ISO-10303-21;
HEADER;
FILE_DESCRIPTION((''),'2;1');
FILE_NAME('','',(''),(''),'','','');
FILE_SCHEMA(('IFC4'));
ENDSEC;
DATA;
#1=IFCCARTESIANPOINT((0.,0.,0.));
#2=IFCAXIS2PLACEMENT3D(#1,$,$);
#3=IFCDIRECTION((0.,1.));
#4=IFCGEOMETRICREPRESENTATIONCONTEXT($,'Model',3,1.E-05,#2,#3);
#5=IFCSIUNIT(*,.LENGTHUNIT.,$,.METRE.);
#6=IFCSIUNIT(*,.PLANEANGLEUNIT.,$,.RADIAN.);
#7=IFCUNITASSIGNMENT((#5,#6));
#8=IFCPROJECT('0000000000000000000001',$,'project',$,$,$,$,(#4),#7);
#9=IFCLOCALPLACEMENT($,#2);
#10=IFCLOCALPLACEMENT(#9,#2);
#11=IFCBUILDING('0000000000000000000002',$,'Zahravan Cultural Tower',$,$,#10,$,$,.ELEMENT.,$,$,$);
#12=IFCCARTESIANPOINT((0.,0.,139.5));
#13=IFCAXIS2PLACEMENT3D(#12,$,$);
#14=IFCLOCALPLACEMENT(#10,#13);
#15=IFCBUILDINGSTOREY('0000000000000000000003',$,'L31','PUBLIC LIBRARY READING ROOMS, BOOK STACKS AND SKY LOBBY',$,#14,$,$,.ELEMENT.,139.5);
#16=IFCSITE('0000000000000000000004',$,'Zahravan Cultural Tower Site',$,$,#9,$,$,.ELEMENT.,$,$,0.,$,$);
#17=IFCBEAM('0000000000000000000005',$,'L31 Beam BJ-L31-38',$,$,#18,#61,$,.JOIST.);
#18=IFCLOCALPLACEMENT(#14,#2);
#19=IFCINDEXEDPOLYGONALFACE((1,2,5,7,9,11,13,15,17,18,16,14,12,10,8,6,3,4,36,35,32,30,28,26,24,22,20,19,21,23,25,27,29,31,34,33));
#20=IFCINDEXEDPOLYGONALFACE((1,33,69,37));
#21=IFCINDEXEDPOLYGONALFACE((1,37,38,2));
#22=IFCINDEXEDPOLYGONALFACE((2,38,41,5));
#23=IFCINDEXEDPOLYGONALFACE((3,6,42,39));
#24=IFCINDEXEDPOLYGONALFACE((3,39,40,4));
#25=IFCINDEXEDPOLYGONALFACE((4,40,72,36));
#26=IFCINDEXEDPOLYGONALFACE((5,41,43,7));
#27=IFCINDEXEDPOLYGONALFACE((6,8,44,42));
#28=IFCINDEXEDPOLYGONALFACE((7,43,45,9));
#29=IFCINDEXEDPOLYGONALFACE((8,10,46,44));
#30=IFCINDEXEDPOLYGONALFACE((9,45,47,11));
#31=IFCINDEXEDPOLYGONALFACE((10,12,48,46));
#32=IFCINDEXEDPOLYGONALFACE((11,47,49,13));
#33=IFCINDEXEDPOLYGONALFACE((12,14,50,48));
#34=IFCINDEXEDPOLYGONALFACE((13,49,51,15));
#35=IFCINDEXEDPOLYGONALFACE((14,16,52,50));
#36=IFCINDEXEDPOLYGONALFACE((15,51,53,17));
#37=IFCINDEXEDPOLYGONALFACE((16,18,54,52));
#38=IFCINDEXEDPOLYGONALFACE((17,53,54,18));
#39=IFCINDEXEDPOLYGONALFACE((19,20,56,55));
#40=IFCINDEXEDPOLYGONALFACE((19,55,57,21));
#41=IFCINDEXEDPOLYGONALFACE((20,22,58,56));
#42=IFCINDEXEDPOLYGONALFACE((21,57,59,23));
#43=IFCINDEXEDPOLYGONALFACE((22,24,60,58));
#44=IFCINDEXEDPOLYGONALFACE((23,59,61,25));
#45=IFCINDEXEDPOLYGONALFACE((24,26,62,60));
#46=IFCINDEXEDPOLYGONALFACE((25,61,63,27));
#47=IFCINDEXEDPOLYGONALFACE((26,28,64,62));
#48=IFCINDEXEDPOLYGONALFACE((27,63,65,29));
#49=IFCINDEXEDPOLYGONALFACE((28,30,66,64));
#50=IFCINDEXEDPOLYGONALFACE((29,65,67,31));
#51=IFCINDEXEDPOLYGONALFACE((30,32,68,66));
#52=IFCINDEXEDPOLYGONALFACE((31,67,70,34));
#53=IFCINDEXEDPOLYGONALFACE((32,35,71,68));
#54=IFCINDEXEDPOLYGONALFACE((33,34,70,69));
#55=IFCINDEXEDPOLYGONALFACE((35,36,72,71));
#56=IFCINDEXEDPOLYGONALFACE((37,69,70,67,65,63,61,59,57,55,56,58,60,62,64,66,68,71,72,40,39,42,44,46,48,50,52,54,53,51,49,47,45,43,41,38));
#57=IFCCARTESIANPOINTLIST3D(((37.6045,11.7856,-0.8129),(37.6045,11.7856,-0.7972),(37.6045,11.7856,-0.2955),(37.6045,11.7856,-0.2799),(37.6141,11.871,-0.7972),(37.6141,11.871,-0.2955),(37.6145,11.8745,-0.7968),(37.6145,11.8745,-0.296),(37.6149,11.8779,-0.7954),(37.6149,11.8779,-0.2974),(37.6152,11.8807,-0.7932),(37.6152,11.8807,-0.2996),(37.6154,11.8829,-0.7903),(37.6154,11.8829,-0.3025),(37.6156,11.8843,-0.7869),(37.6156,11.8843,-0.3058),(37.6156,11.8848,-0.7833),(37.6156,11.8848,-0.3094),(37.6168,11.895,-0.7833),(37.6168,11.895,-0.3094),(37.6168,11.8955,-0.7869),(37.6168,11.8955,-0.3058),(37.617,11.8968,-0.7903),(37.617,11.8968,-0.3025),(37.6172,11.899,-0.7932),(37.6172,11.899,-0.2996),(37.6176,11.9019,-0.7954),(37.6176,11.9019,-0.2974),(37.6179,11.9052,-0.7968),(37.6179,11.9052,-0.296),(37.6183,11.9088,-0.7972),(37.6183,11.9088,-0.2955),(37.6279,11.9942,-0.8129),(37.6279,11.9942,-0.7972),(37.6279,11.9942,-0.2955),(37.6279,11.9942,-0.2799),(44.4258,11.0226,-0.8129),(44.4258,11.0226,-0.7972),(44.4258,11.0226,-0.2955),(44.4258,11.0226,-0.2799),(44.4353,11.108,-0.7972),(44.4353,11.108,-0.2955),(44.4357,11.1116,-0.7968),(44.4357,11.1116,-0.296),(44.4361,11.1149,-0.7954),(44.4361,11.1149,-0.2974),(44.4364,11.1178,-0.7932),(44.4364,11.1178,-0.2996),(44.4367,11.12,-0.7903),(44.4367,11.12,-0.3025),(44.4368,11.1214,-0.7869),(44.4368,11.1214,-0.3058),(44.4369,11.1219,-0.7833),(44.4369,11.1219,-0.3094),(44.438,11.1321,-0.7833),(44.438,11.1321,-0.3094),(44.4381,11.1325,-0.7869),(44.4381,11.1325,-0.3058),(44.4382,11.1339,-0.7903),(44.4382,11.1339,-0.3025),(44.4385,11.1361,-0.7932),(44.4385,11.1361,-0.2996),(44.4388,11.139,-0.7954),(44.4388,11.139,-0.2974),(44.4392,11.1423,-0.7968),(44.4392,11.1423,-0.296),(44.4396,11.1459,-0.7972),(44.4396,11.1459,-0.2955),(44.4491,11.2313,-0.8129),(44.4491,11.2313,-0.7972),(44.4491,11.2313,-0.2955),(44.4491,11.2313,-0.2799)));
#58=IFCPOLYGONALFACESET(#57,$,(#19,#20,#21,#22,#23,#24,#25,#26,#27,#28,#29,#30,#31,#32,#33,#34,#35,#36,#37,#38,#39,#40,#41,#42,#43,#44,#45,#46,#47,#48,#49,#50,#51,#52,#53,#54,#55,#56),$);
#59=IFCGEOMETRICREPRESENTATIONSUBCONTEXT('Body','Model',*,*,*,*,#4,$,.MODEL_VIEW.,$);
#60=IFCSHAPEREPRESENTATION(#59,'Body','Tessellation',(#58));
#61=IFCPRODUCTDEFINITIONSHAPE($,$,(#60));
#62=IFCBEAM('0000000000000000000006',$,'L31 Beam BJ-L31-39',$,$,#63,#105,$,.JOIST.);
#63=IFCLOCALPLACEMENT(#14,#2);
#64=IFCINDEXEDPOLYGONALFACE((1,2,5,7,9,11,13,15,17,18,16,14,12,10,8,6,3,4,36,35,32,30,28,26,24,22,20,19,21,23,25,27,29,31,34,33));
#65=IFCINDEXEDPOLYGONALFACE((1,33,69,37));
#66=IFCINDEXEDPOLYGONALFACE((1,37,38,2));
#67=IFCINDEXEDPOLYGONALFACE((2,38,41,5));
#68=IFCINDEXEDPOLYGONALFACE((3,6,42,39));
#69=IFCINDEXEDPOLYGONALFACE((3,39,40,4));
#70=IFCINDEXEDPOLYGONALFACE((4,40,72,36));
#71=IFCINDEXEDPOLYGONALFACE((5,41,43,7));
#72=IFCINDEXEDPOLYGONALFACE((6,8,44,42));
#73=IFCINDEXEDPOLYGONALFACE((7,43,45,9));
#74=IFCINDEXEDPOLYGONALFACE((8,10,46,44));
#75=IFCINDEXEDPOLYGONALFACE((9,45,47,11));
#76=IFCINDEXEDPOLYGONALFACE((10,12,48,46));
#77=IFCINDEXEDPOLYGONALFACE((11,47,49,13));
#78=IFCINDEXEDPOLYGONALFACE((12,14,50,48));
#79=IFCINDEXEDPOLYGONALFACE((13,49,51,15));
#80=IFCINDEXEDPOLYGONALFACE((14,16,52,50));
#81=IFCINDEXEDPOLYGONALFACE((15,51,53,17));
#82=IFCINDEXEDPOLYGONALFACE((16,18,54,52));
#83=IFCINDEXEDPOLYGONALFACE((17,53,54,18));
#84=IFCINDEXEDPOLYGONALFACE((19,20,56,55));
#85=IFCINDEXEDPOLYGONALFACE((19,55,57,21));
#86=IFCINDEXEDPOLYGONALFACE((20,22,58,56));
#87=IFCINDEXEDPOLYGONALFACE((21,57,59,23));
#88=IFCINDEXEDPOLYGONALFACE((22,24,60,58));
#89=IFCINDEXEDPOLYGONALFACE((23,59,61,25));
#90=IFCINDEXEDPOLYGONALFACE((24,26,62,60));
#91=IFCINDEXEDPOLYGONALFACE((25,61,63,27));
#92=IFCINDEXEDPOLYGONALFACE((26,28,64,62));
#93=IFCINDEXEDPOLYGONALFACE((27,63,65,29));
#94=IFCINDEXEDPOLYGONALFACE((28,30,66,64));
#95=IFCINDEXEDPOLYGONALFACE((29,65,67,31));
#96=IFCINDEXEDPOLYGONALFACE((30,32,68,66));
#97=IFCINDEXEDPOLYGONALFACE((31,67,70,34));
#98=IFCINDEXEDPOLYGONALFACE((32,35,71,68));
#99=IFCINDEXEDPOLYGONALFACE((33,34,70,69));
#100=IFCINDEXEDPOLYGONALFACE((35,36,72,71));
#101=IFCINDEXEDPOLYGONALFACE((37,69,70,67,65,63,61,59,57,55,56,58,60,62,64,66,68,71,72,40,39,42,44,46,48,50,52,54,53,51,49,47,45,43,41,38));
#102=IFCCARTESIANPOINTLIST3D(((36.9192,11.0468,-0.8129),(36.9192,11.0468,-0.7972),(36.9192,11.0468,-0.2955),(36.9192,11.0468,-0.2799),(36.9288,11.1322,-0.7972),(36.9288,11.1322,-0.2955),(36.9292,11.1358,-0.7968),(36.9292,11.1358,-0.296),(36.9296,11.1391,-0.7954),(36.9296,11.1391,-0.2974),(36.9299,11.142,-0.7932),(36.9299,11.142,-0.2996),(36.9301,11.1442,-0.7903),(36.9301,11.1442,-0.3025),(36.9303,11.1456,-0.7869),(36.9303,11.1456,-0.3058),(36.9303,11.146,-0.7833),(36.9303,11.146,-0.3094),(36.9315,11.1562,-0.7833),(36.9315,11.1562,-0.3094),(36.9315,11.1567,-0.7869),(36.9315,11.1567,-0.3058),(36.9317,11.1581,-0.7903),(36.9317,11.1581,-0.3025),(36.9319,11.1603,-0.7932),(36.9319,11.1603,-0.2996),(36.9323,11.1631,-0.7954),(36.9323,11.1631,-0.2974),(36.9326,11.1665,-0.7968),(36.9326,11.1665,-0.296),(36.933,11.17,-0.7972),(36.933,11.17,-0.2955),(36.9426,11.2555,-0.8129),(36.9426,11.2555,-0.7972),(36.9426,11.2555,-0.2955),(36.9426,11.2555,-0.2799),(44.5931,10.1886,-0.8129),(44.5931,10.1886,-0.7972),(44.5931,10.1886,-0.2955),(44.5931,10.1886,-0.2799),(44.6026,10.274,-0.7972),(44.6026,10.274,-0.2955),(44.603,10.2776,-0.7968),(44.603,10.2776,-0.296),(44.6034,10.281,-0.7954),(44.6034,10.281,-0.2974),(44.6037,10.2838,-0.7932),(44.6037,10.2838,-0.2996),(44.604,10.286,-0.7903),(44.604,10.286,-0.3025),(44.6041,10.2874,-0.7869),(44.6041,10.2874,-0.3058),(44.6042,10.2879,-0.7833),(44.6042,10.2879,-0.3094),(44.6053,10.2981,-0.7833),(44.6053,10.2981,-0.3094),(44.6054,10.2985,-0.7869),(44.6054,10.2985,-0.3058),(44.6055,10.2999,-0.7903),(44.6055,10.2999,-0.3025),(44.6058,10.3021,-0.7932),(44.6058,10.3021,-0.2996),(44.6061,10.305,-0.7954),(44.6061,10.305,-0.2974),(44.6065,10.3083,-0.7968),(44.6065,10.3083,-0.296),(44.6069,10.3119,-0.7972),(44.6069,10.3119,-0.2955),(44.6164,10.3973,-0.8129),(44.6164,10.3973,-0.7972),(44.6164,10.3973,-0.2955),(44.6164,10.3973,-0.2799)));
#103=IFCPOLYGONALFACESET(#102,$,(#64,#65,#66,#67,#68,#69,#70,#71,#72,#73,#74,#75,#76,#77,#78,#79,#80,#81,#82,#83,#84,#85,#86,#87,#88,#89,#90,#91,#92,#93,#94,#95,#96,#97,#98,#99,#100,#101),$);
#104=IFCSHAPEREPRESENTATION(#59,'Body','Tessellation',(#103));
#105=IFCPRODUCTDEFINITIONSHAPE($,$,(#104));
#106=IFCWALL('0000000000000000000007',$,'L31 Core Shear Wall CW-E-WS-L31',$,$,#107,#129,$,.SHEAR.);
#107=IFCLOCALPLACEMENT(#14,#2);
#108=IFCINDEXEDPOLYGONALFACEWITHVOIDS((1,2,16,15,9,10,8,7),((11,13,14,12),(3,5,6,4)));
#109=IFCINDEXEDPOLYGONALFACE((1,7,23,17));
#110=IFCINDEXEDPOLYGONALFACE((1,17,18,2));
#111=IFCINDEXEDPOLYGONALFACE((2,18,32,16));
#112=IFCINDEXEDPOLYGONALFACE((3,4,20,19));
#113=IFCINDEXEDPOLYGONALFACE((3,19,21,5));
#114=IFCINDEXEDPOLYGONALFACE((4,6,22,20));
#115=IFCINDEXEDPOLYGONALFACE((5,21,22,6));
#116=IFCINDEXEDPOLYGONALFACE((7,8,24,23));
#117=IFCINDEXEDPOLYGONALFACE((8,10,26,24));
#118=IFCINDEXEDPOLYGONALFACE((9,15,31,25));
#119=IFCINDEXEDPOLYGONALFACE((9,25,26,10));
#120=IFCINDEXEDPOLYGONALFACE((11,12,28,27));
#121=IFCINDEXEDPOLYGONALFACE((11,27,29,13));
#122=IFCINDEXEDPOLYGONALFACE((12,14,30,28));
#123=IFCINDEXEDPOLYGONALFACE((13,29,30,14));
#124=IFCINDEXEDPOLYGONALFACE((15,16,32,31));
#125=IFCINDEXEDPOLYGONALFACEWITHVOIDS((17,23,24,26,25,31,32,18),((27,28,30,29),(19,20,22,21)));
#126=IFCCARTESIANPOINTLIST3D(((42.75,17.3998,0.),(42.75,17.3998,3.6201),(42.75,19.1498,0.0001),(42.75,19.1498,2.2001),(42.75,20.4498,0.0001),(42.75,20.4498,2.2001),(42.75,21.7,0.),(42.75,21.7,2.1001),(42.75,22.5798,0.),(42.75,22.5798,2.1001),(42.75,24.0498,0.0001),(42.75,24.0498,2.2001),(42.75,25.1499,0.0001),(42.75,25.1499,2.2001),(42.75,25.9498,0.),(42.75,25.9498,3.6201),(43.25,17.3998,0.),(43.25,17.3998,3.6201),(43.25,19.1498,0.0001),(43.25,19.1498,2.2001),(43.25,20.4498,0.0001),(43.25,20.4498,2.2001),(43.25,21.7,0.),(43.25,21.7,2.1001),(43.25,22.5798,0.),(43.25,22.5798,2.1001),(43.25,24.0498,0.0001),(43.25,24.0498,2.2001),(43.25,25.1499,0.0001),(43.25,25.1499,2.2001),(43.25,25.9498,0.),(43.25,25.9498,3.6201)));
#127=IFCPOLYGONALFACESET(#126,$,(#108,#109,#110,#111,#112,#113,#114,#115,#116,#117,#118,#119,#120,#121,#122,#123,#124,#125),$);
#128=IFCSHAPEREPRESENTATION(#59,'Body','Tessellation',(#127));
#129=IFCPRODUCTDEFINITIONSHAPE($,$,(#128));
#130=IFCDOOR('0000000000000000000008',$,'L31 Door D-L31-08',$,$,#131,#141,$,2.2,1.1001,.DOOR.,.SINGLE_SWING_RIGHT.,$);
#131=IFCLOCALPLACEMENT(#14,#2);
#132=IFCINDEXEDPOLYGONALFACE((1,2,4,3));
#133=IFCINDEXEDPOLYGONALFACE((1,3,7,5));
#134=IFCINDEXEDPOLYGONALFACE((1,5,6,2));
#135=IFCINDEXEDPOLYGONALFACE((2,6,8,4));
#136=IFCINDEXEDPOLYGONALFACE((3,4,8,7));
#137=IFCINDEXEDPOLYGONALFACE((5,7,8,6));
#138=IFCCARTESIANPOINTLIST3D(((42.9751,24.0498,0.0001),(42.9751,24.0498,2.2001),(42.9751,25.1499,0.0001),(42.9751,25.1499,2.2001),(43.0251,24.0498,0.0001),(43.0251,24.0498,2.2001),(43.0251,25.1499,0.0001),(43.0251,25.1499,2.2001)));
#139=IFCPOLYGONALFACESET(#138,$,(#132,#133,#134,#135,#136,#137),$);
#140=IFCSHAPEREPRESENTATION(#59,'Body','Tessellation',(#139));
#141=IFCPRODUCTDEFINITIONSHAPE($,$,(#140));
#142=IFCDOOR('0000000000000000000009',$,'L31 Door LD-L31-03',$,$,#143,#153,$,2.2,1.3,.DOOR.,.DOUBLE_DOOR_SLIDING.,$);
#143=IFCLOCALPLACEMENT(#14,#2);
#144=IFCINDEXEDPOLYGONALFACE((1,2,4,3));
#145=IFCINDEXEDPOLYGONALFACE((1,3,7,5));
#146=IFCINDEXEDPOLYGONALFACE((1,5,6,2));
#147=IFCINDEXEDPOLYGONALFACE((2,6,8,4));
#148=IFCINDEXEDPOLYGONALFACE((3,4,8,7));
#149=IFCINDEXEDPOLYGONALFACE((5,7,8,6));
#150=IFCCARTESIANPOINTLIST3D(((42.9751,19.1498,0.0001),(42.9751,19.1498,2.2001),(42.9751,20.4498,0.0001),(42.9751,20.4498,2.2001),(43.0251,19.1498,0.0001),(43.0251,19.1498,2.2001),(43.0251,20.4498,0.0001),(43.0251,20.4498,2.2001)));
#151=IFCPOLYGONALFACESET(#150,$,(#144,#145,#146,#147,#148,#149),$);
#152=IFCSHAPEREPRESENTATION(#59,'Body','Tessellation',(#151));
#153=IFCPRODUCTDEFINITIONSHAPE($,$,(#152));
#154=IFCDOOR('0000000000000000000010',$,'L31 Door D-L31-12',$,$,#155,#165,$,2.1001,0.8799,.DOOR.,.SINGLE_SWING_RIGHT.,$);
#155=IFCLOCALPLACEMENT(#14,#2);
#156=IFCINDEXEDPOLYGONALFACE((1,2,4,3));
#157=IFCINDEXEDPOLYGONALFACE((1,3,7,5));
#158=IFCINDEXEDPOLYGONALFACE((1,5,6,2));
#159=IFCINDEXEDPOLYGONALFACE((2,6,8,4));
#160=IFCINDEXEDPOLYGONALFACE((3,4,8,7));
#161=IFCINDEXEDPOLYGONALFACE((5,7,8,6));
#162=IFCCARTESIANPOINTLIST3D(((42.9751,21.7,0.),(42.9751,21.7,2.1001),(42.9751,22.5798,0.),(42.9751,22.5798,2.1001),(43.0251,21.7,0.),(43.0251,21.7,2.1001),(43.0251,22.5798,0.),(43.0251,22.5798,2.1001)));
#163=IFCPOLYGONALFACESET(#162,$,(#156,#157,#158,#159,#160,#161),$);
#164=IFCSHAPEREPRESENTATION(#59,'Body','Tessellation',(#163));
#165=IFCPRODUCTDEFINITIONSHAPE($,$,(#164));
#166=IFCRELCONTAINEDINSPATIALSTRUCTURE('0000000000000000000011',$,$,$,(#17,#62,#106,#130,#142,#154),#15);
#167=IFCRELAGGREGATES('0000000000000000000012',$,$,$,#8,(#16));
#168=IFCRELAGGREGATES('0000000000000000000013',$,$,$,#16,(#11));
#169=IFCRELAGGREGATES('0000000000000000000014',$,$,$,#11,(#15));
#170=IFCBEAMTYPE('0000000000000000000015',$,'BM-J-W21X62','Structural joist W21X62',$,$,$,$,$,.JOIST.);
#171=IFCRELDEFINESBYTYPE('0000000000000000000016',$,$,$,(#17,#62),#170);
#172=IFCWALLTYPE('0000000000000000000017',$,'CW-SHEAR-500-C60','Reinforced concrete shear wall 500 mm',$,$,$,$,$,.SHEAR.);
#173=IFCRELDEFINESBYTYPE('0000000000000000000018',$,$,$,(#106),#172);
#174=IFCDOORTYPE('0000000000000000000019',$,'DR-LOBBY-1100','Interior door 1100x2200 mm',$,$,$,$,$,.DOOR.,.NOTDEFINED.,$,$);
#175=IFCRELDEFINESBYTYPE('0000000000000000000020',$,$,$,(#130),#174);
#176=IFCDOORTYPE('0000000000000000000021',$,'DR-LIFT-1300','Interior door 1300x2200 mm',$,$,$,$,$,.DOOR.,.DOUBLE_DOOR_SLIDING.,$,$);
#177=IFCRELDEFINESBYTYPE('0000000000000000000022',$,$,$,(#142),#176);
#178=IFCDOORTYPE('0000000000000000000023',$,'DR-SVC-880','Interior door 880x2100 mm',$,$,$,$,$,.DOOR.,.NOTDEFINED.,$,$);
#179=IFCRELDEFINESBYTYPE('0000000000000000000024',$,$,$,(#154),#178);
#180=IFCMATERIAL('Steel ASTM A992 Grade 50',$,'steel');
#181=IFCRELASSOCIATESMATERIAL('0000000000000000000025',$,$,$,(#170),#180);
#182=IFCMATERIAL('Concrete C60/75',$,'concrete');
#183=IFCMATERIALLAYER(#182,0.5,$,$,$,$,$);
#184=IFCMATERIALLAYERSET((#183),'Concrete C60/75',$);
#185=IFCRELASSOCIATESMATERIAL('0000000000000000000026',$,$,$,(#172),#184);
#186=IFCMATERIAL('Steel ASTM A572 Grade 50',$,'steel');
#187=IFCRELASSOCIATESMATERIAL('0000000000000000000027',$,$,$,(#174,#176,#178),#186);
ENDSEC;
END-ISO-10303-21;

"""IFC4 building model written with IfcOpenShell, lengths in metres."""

from ifc_helpers import new_model, si_unit, direction, frame, frame_2d, origin, origin_2d, place, context, subcontext, project, spatial, rectangle, i_section, extrude, source, transform, mapped, material, layer, layer_set, material_profile, profile_set, type_object, element, fill, save


model = new_model("IFC4")

# Units and contexts
model_context = context("Model", 3, precision=1e-05, world=origin(), true_north=direction((0.0, 1.0)))
body_context = subcontext(model_context, "Body", "Model", "MODEL_VIEW")
ifc_project = project(units=[si_unit("LENGTHUNIT", "METRE"), si_unit("PLANEANGLEUNIT", "RADIAN")], contexts=[model_context])

# Site, building, storey
site_placement = place(None, origin())
site = spatial("IfcSite", under=ifc_project, at=site_placement, Name="Zahravan Cultural Tower Site", CompositionType="ELEMENT", RefElevation=0.0)
building_placement = place(site_placement, origin())
building = spatial("IfcBuilding", under=site, at=building_placement, Name="Zahravan Cultural Tower", CompositionType="ELEMENT")
storey_placement = place(building_placement, frame((0.0, 0.0, 139.5)))
storey = spatial("IfcBuildingStorey", under=building, at=storey_placement, Name="L31", Description="PUBLIC LIBRARY READING ROOMS, BOOK STACKS AND SKY LOBBY", CompositionType="ELEMENT", Elevation=139.5)

# Shared definitions
ifc_material_1 = material(Name="Steel ASTM A992 Grade 50", Category="steel")

# Beams
ifc_material_profile_1 = material_profile(ifc_material_1, i_section(OverallWidth=0.21, OverallDepth=0.533, WebThickness=0.0103, FlangeThickness=0.0156, FilletRadius=0.0139, at=origin_2d()), Name="W21X62")
ifc_profile_set_1 = profile_set([ifc_material_profile_1], Name="Steel ASTM A992 Grade 50")
beam_type_1 = type_object("IfcBeamType", Name="BM-J-W21X62", Description="Structural joist W21X62", PredefinedType="JOIST", material=ifc_profile_set_1)
shared_shape_1 = source(origin(), body_context, "Body", "SweptSolid", [
    extrude(i_section(OverallWidth=0.21, OverallDepth=0.533, WebThickness=0.0103, FlangeThickness=0.0156, FilletRadius=0.0139, at=origin_2d()), origin(), (0.0, 0.0, 1.0), 6.8638),
])
beam_1_placement = place(storey_placement, frame((37.6162, 11.8899, -0.5464), z_axis=(0.993803, -0.111154, 0.0), x_axis=(0.111154, 0.993803, 0.0)))
element("IfcBeam", 1, at=beam_1_placement, inside=storey, type_object=beam_type_1, Name="L31 Beam BJ-L31-38", PredefinedType="JOIST", context=body_context, shape_type="MappedRepresentation", body=[
    mapped(shared_shape_1, transform((0.0, 0.0, 0.0), x_axis=(1.0, 0.0, 0.0), y_axis=(0.0, 1.0, 0.0), z_axis=(0.0, 0.0, 1.0), scale=1.0)),
])
shared_shape_2 = source(origin(), body_context, "Body", "SweptSolid", [
    extrude(i_section(OverallWidth=0.21, OverallDepth=0.533, WebThickness=0.0103, FlangeThickness=0.0156, FilletRadius=0.0139, at=origin_2d()), origin(), (0.0, 0.0, 1.0), 7.7217),
])
beam_2_placement = place(storey_placement, frame((36.9309, 11.1511, -0.5464), z_axis=(0.993805, -0.111136, 0.0), x_axis=(0.111136, 0.993805, 0.0)))
element("IfcBeam", 2, at=beam_2_placement, inside=storey, type_object=beam_type_1, Name="L31 Beam BJ-L31-39", PredefinedType="JOIST", context=body_context, shape_type="MappedRepresentation", body=[
    mapped(shared_shape_2, transform((0.0, 0.0, 0.0), x_axis=(1.0, 0.0, 0.0), y_axis=(0.0, 1.0, 0.0), z_axis=(0.0, 0.0, 1.0), scale=1.0)),
])

# Wall, openings, doors
ifc_material_2 = material(Name="Concrete C60/75", Category="concrete")
ifc_layer_1 = layer(ifc_material_2, 0.5)
ifc_layer_set_1 = layer_set([ifc_layer_1], Name="Concrete C60/75")
wall_type_1 = type_object("IfcWallType", Name="CW-SHEAR-500-C60", Description="Reinforced concrete shear wall 500 mm", PredefinedType="SHEAR", material=ifc_layer_set_1)
wall_1_placement = place(storey_placement, frame((43.0, 17.3999, 0.0), z_axis=(0.0, 0.0, 1.0), x_axis=(0.0, 1.0, 0.0)))
wall_1 = element("IfcWall", 3, at=wall_1_placement, inside=storey, type_object=wall_type_1, Name="L31 Core Shear Wall CW-E-WS-L31", PredefinedType="SHEAR", context=body_context, shape_type="SweptSolid", body=[
    extrude(rectangle(XDim=8.55, YDim=0.5, at=frame_2d((4.2749, 0.0))), origin(), (0.0, 0.0, 1.0), 3.6201),
])
opening_1_placement = place(wall_1_placement, frame((6.6499, 0.0, 0.0)))
opening_1 = element("IfcOpeningElement", 4, at=opening_1_placement, cuts=wall_1, PredefinedType="OPENING", context=body_context, shape_type="SweptSolid", body=[
    extrude(rectangle(XDim=1.1001, YDim=2.2, at=frame_2d((0.55, 1.1001))), frame((0.0, 0.26, 0.0), z_axis=(0.0, -1.0, 0.0), x_axis=(1.0, 0.0, 0.0)), (0.0, 0.0, 1.0), 0.52),
])
opening_2_placement = place(wall_1_placement, frame((1.75, 0.0, 0.0)))
opening_2 = element("IfcOpeningElement", 5, at=opening_2_placement, cuts=wall_1, PredefinedType="OPENING", context=body_context, shape_type="SweptSolid", body=[
    extrude(rectangle(XDim=1.3, YDim=2.2, at=frame_2d((0.6499, 1.1001))), frame((0.0, 0.26, 0.0), z_axis=(0.0, -1.0, 0.0), x_axis=(1.0, 0.0, 0.0)), (0.0, 0.0, 1.0), 0.52),
])
opening_3_placement = place(wall_1_placement, frame((4.3, 0.0, 0.0)))
opening_3 = element("IfcOpeningElement", 6, at=opening_3_placement, cuts=wall_1, PredefinedType="OPENING", context=body_context, shape_type="SweptSolid", body=[
    extrude(rectangle(XDim=0.8799, YDim=2.1001, at=frame_2d((0.4399, 1.05))), frame((0.0, 0.26, 0.0), z_axis=(0.0, -1.0, 0.0), x_axis=(1.0, 0.0, 0.0)), (0.0, 0.0, 1.0), 0.52),
])
ifc_material_3 = material(Name="Steel ASTM A572 Grade 50", Category="steel")
door_type_1 = type_object("IfcDoorType", Name="DR-LOBBY-1100", Description="Interior door 1100x2200 mm", OperationType="NOTDEFINED", PredefinedType="DOOR", material=ifc_material_3)
shared_shape_3 = source(origin(), body_context, "Body", "SweptSolid", [
    extrude(rectangle(XDim=1.1001, YDim=2.2, at=frame_2d((0.55, 1.1001))), frame((0.0, 0.0249, 0.0), z_axis=(0.0, -1.0, 0.0), x_axis=(1.0, 0.0, 0.0)), (0.0, 0.0, 1.0), 0.05),
])
door_1_placement = place(opening_1_placement, origin())
door_1 = element("IfcDoor", 7, at=door_1_placement, inside=storey, type_object=door_type_1, Name="L31 Door D-L31-08", OperationType="SINGLE_SWING_RIGHT", OverallHeight=2.2, OverallWidth=1.1001, PredefinedType="DOOR", context=body_context, shape_type="MappedRepresentation", body=[
    mapped(shared_shape_3, transform((0.0, 0.0, 0.0), x_axis=(1.0, 0.0, 0.0), y_axis=(0.0, 1.0, 0.0), z_axis=(0.0, 0.0, 1.0), scale=1.0)),
])
fill(opening_1, door_1)
door_type_2 = type_object("IfcDoorType", Name="DR-LIFT-1300", Description="Interior door 1300x2200 mm", OperationType="DOUBLE_DOOR_SLIDING", PredefinedType="DOOR", material=ifc_material_3)
shared_shape_4 = source(origin(), body_context, "Body", "SweptSolid", [
    extrude(rectangle(XDim=1.3, YDim=2.2, at=frame_2d((0.6499, 1.1001))), frame((0.0, 0.0249, 0.0), z_axis=(0.0, -1.0, 0.0), x_axis=(1.0, 0.0, 0.0)), (0.0, 0.0, 1.0), 0.05),
])
door_2_placement = place(opening_2_placement, origin())
door_2 = element("IfcDoor", 8, at=door_2_placement, inside=storey, type_object=door_type_2, Name="L31 Door LD-L31-03", OperationType="DOUBLE_DOOR_SLIDING", OverallHeight=2.2, OverallWidth=1.3, PredefinedType="DOOR", context=body_context, shape_type="MappedRepresentation", body=[
    mapped(shared_shape_4, transform((0.0, 0.0, 0.0), x_axis=(1.0, 0.0, 0.0), y_axis=(0.0, 1.0, 0.0), z_axis=(0.0, 0.0, 1.0), scale=1.0)),
])
fill(opening_2, door_2)
door_type_3 = type_object("IfcDoorType", Name="DR-SVC-880", Description="Interior door 880x2100 mm", OperationType="NOTDEFINED", PredefinedType="DOOR", material=ifc_material_3)
shared_shape_5 = source(origin(), body_context, "Body", "SweptSolid", [
    extrude(rectangle(XDim=0.8799, YDim=2.1001, at=frame_2d((0.4399, 1.05))), frame((0.0, 0.0249, 0.0), z_axis=(0.0, -1.0, 0.0), x_axis=(1.0, 0.0, 0.0)), (0.0, 0.0, 1.0), 0.05),
])
door_3_placement = place(opening_3_placement, origin())
door_3 = element("IfcDoor", 9, at=door_3_placement, inside=storey, type_object=door_type_3, Name="L31 Door D-L31-12", OperationType="SINGLE_SWING_RIGHT", OverallHeight=2.1001, OverallWidth=0.8799, PredefinedType="DOOR", context=body_context, shape_type="MappedRepresentation", body=[
    mapped(shared_shape_5, transform((0.0, 0.0, 0.0), x_axis=(1.0, 0.0, 0.0), y_axis=(0.0, 1.0, 0.0), z_axis=(0.0, 0.0, 1.0), scale=1.0)),
])
fill(opening_3, door_3)

save(model, "model.ifc")
